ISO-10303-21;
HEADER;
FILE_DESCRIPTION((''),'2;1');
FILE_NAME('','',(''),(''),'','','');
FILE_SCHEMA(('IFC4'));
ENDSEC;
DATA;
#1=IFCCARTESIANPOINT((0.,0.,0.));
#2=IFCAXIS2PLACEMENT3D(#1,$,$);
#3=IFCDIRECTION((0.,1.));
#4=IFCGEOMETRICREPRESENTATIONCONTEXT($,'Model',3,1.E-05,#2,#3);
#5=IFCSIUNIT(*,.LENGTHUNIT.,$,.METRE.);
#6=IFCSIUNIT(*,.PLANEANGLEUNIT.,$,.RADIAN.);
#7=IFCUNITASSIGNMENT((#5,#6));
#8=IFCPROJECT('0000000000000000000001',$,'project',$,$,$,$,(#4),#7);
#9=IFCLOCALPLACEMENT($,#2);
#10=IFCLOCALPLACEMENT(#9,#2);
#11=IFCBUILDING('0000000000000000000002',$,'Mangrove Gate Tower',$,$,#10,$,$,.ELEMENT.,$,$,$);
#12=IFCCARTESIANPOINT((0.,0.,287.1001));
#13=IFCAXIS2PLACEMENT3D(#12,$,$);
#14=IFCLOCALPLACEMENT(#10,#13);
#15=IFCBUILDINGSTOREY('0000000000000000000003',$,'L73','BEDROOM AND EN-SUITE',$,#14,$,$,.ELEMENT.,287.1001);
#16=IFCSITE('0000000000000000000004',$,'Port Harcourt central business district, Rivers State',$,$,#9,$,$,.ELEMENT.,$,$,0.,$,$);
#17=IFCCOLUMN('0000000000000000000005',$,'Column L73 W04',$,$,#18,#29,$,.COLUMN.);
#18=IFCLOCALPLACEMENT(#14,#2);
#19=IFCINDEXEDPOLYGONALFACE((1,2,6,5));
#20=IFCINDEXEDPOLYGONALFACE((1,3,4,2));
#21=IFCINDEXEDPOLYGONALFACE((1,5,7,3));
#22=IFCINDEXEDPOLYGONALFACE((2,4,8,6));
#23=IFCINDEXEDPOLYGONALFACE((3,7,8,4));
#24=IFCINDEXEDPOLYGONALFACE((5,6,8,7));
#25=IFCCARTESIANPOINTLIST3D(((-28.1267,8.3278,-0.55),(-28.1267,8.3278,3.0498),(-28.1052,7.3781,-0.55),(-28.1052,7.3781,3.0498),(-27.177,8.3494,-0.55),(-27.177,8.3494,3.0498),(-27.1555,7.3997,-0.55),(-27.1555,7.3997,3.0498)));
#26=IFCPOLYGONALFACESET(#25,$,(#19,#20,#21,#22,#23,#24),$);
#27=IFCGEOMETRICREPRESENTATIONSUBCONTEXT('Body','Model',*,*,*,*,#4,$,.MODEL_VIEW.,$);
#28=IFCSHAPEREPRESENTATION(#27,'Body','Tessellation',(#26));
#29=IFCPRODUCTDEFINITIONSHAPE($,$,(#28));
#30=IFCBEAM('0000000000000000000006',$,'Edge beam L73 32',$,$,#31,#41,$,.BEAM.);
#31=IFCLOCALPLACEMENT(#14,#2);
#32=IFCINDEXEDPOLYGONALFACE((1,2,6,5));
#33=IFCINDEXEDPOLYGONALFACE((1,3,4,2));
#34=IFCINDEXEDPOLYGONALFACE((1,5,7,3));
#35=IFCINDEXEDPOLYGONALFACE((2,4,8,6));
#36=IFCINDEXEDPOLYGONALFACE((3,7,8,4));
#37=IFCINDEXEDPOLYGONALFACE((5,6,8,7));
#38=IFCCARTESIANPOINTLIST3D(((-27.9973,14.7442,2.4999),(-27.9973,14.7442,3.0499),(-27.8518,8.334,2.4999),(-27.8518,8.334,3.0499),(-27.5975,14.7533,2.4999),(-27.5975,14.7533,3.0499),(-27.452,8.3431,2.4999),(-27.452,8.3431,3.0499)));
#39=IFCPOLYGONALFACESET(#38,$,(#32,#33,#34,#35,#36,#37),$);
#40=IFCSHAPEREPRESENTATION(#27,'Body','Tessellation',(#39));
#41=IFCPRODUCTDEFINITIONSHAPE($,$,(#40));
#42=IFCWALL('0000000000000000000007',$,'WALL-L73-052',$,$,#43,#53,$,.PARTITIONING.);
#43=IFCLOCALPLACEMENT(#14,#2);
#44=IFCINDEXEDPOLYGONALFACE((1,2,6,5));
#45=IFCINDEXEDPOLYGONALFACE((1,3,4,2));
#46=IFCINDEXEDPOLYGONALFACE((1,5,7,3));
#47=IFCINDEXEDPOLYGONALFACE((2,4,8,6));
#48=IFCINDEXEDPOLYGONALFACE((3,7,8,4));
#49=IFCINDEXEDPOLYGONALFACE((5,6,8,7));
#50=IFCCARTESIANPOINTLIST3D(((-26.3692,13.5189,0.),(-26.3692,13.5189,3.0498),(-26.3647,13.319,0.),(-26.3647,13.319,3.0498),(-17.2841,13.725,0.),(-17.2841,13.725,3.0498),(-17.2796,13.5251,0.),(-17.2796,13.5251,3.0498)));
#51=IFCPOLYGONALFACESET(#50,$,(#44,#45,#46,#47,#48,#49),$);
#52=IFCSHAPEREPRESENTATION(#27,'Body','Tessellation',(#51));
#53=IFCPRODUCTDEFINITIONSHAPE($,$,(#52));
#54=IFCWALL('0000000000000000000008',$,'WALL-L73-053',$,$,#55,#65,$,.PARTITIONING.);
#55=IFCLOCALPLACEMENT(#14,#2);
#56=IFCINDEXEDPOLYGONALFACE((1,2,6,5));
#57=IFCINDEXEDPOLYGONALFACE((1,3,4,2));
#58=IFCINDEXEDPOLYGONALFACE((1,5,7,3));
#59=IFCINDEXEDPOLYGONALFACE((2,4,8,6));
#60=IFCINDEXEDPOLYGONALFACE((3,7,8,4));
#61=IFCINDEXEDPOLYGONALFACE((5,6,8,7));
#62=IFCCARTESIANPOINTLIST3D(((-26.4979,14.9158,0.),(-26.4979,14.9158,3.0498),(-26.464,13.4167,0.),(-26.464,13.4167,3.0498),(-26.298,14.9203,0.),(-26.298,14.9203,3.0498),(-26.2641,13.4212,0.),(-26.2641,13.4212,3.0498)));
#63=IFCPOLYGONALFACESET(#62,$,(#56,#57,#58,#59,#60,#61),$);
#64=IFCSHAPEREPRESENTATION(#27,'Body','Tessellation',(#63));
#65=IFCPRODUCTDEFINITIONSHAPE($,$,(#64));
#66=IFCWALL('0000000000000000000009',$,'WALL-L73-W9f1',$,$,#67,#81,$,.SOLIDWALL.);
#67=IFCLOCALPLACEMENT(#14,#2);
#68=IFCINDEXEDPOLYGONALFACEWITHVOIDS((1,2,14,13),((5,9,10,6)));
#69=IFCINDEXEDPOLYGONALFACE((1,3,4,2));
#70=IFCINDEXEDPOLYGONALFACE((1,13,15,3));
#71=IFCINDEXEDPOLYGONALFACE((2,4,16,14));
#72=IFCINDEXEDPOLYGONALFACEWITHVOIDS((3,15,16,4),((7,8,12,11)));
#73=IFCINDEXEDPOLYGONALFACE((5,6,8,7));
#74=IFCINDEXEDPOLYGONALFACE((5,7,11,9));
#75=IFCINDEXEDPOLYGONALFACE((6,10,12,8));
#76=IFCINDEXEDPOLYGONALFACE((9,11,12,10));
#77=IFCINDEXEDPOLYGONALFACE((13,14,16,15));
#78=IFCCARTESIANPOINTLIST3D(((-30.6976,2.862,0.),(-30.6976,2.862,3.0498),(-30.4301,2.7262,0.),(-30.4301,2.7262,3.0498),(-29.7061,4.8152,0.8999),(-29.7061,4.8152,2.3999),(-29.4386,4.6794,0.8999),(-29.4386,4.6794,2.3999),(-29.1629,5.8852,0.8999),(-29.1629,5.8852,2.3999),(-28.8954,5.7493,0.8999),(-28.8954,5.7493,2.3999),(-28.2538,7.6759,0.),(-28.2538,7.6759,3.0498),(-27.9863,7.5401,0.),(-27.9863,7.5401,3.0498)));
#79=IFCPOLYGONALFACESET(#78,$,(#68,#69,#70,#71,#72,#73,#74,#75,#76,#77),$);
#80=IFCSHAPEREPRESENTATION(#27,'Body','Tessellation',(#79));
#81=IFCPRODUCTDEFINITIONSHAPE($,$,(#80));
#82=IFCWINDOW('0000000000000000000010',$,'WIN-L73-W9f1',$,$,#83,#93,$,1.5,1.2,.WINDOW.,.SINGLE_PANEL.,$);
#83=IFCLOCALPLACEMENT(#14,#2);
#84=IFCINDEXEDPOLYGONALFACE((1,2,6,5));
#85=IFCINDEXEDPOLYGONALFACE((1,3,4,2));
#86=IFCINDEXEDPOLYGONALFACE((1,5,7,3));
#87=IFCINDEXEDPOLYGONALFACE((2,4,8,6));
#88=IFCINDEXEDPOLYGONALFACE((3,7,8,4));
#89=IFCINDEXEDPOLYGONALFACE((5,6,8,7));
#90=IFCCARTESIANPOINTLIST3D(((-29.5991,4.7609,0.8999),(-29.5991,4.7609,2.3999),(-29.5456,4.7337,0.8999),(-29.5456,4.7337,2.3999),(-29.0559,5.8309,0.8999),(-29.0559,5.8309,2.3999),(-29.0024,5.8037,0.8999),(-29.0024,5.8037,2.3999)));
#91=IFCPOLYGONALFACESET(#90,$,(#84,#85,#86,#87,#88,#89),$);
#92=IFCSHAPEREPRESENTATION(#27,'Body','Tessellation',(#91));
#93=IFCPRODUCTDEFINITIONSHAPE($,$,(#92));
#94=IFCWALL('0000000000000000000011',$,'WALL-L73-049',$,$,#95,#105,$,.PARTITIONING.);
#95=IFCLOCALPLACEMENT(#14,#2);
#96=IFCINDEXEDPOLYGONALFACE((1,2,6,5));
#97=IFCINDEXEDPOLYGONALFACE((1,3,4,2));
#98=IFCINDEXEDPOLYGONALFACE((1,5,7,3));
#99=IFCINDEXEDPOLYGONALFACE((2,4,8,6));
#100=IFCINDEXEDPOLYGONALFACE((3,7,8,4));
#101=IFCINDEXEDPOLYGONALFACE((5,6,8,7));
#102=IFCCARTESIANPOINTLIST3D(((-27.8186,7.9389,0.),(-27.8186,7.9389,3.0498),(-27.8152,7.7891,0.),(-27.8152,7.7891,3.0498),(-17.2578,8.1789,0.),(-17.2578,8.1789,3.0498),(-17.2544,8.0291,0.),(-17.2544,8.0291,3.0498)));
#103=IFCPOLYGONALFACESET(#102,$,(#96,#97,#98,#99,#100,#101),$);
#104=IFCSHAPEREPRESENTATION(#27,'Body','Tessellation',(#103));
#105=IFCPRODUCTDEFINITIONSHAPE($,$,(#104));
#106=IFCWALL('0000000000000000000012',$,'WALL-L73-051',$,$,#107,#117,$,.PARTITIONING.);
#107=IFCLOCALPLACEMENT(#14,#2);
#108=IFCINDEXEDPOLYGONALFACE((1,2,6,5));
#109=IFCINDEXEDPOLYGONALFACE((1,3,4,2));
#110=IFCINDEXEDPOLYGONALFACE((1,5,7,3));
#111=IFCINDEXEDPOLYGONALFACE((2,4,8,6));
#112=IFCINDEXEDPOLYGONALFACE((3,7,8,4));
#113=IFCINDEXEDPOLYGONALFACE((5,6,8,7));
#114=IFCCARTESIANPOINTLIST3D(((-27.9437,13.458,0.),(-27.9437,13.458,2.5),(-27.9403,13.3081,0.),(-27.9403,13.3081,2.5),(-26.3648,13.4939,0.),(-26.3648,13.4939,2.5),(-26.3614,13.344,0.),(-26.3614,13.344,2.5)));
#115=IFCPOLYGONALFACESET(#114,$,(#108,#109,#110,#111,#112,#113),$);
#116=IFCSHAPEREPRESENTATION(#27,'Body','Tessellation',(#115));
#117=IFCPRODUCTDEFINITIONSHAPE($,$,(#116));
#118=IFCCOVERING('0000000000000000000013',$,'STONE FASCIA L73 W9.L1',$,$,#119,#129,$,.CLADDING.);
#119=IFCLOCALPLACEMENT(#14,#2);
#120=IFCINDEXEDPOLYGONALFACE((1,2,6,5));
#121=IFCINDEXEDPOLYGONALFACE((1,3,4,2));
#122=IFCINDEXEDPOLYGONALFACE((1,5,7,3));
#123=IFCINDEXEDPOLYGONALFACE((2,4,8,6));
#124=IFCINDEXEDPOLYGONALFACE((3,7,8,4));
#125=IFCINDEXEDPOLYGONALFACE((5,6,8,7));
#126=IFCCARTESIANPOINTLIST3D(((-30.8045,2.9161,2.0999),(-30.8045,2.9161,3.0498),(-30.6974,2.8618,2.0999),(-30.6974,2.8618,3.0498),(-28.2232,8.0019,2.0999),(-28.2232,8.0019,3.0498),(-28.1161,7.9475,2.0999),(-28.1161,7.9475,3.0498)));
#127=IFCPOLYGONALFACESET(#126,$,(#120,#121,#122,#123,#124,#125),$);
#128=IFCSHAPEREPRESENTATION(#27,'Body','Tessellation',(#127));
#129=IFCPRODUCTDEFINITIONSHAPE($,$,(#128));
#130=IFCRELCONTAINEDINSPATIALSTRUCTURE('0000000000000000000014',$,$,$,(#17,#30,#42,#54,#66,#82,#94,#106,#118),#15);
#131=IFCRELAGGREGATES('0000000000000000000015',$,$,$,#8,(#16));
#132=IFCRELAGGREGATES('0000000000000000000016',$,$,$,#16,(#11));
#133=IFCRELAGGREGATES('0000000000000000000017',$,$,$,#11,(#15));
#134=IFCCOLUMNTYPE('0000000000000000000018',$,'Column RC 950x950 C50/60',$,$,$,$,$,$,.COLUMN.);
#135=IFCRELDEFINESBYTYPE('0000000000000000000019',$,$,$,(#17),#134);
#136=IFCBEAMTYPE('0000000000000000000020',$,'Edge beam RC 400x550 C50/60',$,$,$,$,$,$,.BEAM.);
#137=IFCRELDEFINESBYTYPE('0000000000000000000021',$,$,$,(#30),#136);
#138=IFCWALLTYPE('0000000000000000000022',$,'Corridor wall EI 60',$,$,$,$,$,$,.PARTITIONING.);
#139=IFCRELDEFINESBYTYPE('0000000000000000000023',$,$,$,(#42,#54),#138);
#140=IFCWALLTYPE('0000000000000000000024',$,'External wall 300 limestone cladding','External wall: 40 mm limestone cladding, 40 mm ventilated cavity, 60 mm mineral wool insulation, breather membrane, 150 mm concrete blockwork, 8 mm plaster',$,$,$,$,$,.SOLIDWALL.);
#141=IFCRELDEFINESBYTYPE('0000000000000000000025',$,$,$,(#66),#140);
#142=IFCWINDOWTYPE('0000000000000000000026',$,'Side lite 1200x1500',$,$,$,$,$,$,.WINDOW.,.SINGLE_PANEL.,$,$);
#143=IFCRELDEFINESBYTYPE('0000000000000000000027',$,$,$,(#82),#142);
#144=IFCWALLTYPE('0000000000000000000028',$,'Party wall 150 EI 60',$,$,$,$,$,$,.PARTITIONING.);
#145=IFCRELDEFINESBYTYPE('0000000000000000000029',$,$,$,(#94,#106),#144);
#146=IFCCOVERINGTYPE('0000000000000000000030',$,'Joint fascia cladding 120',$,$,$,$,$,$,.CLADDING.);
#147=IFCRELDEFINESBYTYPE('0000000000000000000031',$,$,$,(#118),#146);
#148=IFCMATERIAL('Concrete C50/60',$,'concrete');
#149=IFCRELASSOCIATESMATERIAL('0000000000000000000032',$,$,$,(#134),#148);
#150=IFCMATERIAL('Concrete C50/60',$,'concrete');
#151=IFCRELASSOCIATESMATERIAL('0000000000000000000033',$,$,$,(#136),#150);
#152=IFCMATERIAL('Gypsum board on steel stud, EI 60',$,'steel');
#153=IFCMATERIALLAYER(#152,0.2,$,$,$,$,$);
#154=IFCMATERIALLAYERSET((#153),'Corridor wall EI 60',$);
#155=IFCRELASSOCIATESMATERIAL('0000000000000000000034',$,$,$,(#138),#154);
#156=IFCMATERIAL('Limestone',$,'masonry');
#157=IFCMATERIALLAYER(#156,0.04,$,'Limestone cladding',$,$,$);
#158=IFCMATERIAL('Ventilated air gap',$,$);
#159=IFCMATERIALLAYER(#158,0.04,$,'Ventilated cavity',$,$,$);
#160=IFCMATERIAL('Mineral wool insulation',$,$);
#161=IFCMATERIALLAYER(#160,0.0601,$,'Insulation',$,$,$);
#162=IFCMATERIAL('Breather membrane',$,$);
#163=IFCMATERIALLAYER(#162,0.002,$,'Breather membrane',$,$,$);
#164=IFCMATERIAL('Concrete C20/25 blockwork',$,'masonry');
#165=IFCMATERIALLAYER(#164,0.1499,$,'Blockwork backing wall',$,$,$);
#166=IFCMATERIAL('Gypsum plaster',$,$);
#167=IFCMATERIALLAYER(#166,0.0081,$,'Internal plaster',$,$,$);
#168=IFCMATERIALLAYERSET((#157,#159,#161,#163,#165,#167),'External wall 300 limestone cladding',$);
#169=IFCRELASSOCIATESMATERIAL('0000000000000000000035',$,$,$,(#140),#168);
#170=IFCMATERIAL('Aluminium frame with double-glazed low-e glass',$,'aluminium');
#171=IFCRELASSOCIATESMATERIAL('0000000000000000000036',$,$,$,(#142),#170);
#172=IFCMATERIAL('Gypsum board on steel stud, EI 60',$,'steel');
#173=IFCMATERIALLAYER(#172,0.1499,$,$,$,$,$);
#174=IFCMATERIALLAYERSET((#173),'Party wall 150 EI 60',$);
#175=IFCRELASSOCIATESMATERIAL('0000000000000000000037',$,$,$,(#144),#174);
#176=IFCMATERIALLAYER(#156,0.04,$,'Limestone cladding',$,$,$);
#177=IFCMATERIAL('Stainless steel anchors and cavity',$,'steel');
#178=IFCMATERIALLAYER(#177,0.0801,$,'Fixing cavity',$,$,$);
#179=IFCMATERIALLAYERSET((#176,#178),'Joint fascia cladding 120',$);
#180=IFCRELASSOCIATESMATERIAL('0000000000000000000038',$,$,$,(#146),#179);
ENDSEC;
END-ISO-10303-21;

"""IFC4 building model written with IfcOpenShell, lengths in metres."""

from ifc_helpers import new_model, si_unit, direction, frame, frame_2d, origin, origin_2d, place, context, subcontext, project, spatial, rectangle, extrude, material, layer, layer_set, material_profile, profile_set, type_object, element, fill, save


model = new_model("IFC4")

# Units and contexts
model_context = context("Model", 3, precision=1e-05, world=origin(), true_north=direction((0.0, 1.0)))
body_context = subcontext(model_context, "Body", "Model", "MODEL_VIEW")
ifc_project = project(units=[si_unit("LENGTHUNIT", "METRE"), si_unit("PLANEANGLEUNIT", "RADIAN")], contexts=[model_context])

# Site, building, storey
site_placement = place(None, origin())
site = spatial("IfcSite", under=ifc_project, at=site_placement, Name="Port Harcourt central business district, Rivers State", CompositionType="ELEMENT", RefElevation=0.0)
building_placement = place(site_placement, origin())
building = spatial("IfcBuilding", under=site, at=building_placement, Name="Mangrove Gate Tower", CompositionType="ELEMENT")
storey_placement = place(building_placement, frame((0.0, 0.0, 287.1001)))
storey = spatial("IfcBuildingStorey", under=building, at=storey_placement, Name="L73", Description="BEDROOM AND EN-SUITE", CompositionType="ELEMENT", Elevation=287.1001)

# Column
ifc_material_1 = material(Name="Concrete C50/60", Category="concrete")
ifc_material_profile_1 = material_profile(ifc_material_1, rectangle(XDim=0.95, YDim=0.95, at=origin_2d()))
ifc_profile_set_1 = profile_set([ifc_material_profile_1], Name="Concrete C50/60")
column_type = type_object("IfcColumnType", Name="Column RC 950x950 C50/60", PredefinedType="COLUMN", material=ifc_profile_set_1)
column_placement = place(storey_placement, frame((-27.6411, 7.8638, -0.55), z_axis=(0.0, 0.0, 1.0), x_axis=(0.022688, -0.999743, 0.0)))
element("IfcColumn", 1, at=column_placement, inside=storey, type_object=column_type, Name="Column L73 W04", PredefinedType="COLUMN", context=body_context, shape_type="SweptSolid", body=[
    extrude(rectangle(XDim=0.95, YDim=0.95, at=origin_2d()), origin(), (0.0, 0.0, 1.0), 3.5999),
])

# Beam
ifc_material_2 = material(Name="Concrete C50/60", Category="concrete")
ifc_material_profile_2 = material_profile(ifc_material_2, rectangle(XDim=0.3999, YDim=0.55, at=origin_2d()))
ifc_profile_set_2 = profile_set([ifc_material_profile_2], Name="Concrete C50/60")
beam_type = type_object("IfcBeamType", Name="Edge beam RC 400x550 C50/60", PredefinedType="BEAM", material=ifc_profile_set_2)
beam_placement = place(storey_placement, frame((-27.7974, 14.7488, 2.7749), z_axis=(0.022694, -0.999742, 0.0), x_axis=(0.999742, 0.022694, 0.0)))
element("IfcBeam", 2, at=beam_placement, inside=storey, type_object=beam_type, Name="Edge beam L73 32", PredefinedType="BEAM", context=body_context, shape_type="SweptSolid", body=[
    extrude(rectangle(XDim=0.3999, YDim=0.55, at=origin_2d()), origin(), (0.0, 0.0, 1.0), 6.4119),
])

# Walls
ifc_material_3 = material(Name="Gypsum board on steel stud, EI 60", Category="steel")
ifc_layer_1 = layer(ifc_material_3, 0.2)
ifc_layer_set_1 = layer_set([ifc_layer_1], Name="Corridor wall EI 60")
wall_type_1 = type_object("IfcWallType", Name="Corridor wall EI 60", PredefinedType="PARTITIONING", material=ifc_layer_set_1)
wall_1_placement = place(storey_placement, frame((-26.3669, 13.4189, 0.0), z_axis=(0.0, 0.0, 1.0), x_axis=(0.999743, 0.022675, 0.0)))
element("IfcWall", 3, at=wall_1_placement, inside=storey, type_object=wall_type_1, Name="WALL-L73-052", PredefinedType="PARTITIONING", context=body_context, shape_type="SweptSolid", body=[
    extrude(rectangle(XDim=9.0874, YDim=0.2, at=frame_2d((4.5437, 0.0))), origin(), (0.0, 0.0, 1.0), 3.0498),
])
wall_2_placement = place(storey_placement, frame((-26.364, 13.4189, 0.0), z_axis=(0.0, 0.0, 1.0), x_axis=(-0.022633, 0.999744, 0.0)))
element("IfcWall", 4, at=wall_2_placement, inside=storey, type_object=wall_type_1, Name="WALL-L73-053", PredefinedType="PARTITIONING", context=body_context, shape_type="SweptSolid", body=[
    extrude(rectangle(XDim=1.4995, YDim=0.2, at=frame_2d((0.7498, 0.0))), origin(), (0.0, 0.0, 1.0), 3.0498),
])

# Wall, opening, window
ifc_material_4 = material(Name="Limestone", Category="masonry")
ifc_layer_2 = layer(ifc_material_4, 0.04, Name="Limestone cladding")
ifc_material_5 = material(Name="Ventilated air gap")
ifc_layer_3 = layer(ifc_material_5, 0.04, Name="Ventilated cavity")
ifc_material_6 = material(Name="Mineral wool insulation")
ifc_layer_4 = layer(ifc_material_6, 0.0601, Name="Insulation")
ifc_material_7 = material(Name="Breather membrane")
ifc_layer_5 = layer(ifc_material_7, 0.002, Name="Breather membrane")
ifc_material_8 = material(Name="Concrete C20/25 blockwork", Category="masonry")
ifc_layer_6 = layer(ifc_material_8, 0.1499, Name="Blockwork backing wall")
ifc_material_9 = material(Name="Gypsum plaster")
ifc_layer_7 = layer(ifc_material_9, 0.0081, Name="Internal plaster")
ifc_layer_set_2 = layer_set([ifc_layer_2, ifc_layer_3, ifc_layer_4, ifc_layer_5, ifc_layer_6, ifc_layer_7], Name="External wall 300 limestone cladding")
wall_type_2 = type_object("IfcWallType", Name="External wall 300 limestone cladding", Description="External wall: 40 mm limestone cladding, 40 mm ventilated cavity, 60 mm mineral wool insulation, breather membrane, 150 mm concrete blockwork, 8 mm plaster", PredefinedType="SOLIDWALL", material=ifc_layer_set_2)
wall_3_placement = place(storey_placement, frame((-28.1201, 7.6079, 0.0), z_axis=(0.0, 0.0, 1.0), x_axis=(-0.452668, -0.891679, 0.0)))
wall_3 = element("IfcWall", 5, at=wall_3_placement, inside=storey, type_object=wall_type_2, Name="WALL-L73-W9f1", PredefinedType="SOLIDWALL", context=body_context, shape_type="SweptSolid", body=[
    extrude(rectangle(XDim=5.3987, YDim=0.3, at=frame_2d((2.6992, 0.0))), origin(), (0.0, 0.0, 1.0), 3.0498),
])
opening_1_placement = place(wall_3_placement, frame((2.0081, 0.0, 0.8999)))
opening_1 = element("IfcOpeningElement", 6, at=opening_1_placement, cuts=wall_3, PredefinedType="OPENING", context=body_context, shape_type="SweptSolid", body=[
    extrude(rectangle(XDim=1.2, YDim=1.5, at=frame_2d((0.6001, 0.75))), frame((0.0, 0.1599, 0.0), z_axis=(0.0, -1.0, 0.0), x_axis=(1.0, 0.0, 0.0)), (0.0, 0.0, 1.0), 0.3201),
])
ifc_material_10 = material(Name="Aluminium frame with double-glazed low-e glass", Category="aluminium")
window_type = type_object("IfcWindowType", Name="Side lite 1200x1500", PartitioningType="SINGLE_PANEL", PredefinedType="WINDOW", material=ifc_material_10)
window_placement = place(opening_1_placement, origin())
window = element("IfcWindow", 7, at=window_placement, inside=storey, type_object=window_type, Name="WIN-L73-W9f1", OverallHeight=1.5, OverallWidth=1.2, PartitioningType="SINGLE_PANEL", PredefinedType="WINDOW", context=body_context, shape_type="SweptSolid", body=[
    extrude(rectangle(XDim=1.2, YDim=1.5, at=frame_2d((0.6001, 0.75))), frame((0.0, 0.03, 0.0), z_axis=(0.0, -1.0, 0.0), x_axis=(1.0, 0.0, 0.0)), (0.0, 0.0, 1.0), 0.0601),
])
fill(opening_1, window)

# Walls
ifc_material_11 = material(Name="Gypsum board on steel stud, EI 60", Category="steel")
ifc_layer_8 = layer(ifc_material_11, 0.1499)
ifc_layer_set_3 = layer_set([ifc_layer_8], Name="Party wall 150 EI 60")
wall_type_3 = type_object("IfcWallType", Name="Party wall 150 EI 60", PredefinedType="PARTITIONING", material=ifc_layer_set_3)
wall_4_placement = place(storey_placement, frame((-27.8169, 7.864, 0.0), z_axis=(0.0, 0.0, 1.0), x_axis=(0.999742, 0.022719, 0.0)))
element("IfcWall", 8, at=wall_4_placement, inside=storey, type_object=wall_type_3, Name="WALL-L73-049", PredefinedType="PARTITIONING", context=body_context, shape_type="SweptSolid", body=[
    extrude(rectangle(XDim=10.5635, YDim=0.1499, at=frame_2d((5.2817, 0.0))), origin(), (0.0, 0.0, 1.0), 3.0498),
])
wall_5_placement = place(storey_placement, frame((-27.9419, 13.3831, 0.0), z_axis=(0.0, 0.0, 1.0), x_axis=(0.999742, 0.022725, 0.0)))
element("IfcWall", 9, at=wall_5_placement, inside=storey, type_object=wall_type_3, Name="WALL-L73-051", PredefinedType="PARTITIONING", context=body_context, shape_type="SweptSolid", body=[
    extrude(rectangle(XDim=1.5793, YDim=0.1499, at=frame_2d((0.7896, 0.0))), origin(), (0.0, 0.0, 1.0), 2.5),
])

# Covering
ifc_layer_9 = layer(ifc_material_4, 0.04, Name="Limestone cladding")
ifc_material_12 = material(Name="Stainless steel anchors and cavity", Category="steel")
ifc_layer_10 = layer(ifc_material_12, 0.0801, Name="Fixing cavity")
ifc_layer_set_4 = layer_set([ifc_layer_9, ifc_layer_10], Name="Joint fascia cladding 120")
covering_type = type_object("IfcCoveringType", Name="Joint fascia cladding 120", PredefinedType="CLADDING", material=ifc_layer_set_4)
covering_placement = place(storey_placement, frame((-28.1697, 7.9746, 2.0999), z_axis=(0.0, 0.0, 1.0), x_axis=(-0.452599, -0.891714, 0.0)))
element("IfcCovering", 10, at=covering_placement, inside=storey, type_object=covering_type, Name="STONE FASCIA L73 W9.L1", PredefinedType="CLADDING", context=body_context, shape_type="SweptSolid", body=[
    extrude(rectangle(XDim=5.7034, YDim=0.1201, at=frame_2d((2.8516, 0.0))), origin(), (0.0, 0.0, 1.0), 0.95),
])

save(model, "model.ifc")
